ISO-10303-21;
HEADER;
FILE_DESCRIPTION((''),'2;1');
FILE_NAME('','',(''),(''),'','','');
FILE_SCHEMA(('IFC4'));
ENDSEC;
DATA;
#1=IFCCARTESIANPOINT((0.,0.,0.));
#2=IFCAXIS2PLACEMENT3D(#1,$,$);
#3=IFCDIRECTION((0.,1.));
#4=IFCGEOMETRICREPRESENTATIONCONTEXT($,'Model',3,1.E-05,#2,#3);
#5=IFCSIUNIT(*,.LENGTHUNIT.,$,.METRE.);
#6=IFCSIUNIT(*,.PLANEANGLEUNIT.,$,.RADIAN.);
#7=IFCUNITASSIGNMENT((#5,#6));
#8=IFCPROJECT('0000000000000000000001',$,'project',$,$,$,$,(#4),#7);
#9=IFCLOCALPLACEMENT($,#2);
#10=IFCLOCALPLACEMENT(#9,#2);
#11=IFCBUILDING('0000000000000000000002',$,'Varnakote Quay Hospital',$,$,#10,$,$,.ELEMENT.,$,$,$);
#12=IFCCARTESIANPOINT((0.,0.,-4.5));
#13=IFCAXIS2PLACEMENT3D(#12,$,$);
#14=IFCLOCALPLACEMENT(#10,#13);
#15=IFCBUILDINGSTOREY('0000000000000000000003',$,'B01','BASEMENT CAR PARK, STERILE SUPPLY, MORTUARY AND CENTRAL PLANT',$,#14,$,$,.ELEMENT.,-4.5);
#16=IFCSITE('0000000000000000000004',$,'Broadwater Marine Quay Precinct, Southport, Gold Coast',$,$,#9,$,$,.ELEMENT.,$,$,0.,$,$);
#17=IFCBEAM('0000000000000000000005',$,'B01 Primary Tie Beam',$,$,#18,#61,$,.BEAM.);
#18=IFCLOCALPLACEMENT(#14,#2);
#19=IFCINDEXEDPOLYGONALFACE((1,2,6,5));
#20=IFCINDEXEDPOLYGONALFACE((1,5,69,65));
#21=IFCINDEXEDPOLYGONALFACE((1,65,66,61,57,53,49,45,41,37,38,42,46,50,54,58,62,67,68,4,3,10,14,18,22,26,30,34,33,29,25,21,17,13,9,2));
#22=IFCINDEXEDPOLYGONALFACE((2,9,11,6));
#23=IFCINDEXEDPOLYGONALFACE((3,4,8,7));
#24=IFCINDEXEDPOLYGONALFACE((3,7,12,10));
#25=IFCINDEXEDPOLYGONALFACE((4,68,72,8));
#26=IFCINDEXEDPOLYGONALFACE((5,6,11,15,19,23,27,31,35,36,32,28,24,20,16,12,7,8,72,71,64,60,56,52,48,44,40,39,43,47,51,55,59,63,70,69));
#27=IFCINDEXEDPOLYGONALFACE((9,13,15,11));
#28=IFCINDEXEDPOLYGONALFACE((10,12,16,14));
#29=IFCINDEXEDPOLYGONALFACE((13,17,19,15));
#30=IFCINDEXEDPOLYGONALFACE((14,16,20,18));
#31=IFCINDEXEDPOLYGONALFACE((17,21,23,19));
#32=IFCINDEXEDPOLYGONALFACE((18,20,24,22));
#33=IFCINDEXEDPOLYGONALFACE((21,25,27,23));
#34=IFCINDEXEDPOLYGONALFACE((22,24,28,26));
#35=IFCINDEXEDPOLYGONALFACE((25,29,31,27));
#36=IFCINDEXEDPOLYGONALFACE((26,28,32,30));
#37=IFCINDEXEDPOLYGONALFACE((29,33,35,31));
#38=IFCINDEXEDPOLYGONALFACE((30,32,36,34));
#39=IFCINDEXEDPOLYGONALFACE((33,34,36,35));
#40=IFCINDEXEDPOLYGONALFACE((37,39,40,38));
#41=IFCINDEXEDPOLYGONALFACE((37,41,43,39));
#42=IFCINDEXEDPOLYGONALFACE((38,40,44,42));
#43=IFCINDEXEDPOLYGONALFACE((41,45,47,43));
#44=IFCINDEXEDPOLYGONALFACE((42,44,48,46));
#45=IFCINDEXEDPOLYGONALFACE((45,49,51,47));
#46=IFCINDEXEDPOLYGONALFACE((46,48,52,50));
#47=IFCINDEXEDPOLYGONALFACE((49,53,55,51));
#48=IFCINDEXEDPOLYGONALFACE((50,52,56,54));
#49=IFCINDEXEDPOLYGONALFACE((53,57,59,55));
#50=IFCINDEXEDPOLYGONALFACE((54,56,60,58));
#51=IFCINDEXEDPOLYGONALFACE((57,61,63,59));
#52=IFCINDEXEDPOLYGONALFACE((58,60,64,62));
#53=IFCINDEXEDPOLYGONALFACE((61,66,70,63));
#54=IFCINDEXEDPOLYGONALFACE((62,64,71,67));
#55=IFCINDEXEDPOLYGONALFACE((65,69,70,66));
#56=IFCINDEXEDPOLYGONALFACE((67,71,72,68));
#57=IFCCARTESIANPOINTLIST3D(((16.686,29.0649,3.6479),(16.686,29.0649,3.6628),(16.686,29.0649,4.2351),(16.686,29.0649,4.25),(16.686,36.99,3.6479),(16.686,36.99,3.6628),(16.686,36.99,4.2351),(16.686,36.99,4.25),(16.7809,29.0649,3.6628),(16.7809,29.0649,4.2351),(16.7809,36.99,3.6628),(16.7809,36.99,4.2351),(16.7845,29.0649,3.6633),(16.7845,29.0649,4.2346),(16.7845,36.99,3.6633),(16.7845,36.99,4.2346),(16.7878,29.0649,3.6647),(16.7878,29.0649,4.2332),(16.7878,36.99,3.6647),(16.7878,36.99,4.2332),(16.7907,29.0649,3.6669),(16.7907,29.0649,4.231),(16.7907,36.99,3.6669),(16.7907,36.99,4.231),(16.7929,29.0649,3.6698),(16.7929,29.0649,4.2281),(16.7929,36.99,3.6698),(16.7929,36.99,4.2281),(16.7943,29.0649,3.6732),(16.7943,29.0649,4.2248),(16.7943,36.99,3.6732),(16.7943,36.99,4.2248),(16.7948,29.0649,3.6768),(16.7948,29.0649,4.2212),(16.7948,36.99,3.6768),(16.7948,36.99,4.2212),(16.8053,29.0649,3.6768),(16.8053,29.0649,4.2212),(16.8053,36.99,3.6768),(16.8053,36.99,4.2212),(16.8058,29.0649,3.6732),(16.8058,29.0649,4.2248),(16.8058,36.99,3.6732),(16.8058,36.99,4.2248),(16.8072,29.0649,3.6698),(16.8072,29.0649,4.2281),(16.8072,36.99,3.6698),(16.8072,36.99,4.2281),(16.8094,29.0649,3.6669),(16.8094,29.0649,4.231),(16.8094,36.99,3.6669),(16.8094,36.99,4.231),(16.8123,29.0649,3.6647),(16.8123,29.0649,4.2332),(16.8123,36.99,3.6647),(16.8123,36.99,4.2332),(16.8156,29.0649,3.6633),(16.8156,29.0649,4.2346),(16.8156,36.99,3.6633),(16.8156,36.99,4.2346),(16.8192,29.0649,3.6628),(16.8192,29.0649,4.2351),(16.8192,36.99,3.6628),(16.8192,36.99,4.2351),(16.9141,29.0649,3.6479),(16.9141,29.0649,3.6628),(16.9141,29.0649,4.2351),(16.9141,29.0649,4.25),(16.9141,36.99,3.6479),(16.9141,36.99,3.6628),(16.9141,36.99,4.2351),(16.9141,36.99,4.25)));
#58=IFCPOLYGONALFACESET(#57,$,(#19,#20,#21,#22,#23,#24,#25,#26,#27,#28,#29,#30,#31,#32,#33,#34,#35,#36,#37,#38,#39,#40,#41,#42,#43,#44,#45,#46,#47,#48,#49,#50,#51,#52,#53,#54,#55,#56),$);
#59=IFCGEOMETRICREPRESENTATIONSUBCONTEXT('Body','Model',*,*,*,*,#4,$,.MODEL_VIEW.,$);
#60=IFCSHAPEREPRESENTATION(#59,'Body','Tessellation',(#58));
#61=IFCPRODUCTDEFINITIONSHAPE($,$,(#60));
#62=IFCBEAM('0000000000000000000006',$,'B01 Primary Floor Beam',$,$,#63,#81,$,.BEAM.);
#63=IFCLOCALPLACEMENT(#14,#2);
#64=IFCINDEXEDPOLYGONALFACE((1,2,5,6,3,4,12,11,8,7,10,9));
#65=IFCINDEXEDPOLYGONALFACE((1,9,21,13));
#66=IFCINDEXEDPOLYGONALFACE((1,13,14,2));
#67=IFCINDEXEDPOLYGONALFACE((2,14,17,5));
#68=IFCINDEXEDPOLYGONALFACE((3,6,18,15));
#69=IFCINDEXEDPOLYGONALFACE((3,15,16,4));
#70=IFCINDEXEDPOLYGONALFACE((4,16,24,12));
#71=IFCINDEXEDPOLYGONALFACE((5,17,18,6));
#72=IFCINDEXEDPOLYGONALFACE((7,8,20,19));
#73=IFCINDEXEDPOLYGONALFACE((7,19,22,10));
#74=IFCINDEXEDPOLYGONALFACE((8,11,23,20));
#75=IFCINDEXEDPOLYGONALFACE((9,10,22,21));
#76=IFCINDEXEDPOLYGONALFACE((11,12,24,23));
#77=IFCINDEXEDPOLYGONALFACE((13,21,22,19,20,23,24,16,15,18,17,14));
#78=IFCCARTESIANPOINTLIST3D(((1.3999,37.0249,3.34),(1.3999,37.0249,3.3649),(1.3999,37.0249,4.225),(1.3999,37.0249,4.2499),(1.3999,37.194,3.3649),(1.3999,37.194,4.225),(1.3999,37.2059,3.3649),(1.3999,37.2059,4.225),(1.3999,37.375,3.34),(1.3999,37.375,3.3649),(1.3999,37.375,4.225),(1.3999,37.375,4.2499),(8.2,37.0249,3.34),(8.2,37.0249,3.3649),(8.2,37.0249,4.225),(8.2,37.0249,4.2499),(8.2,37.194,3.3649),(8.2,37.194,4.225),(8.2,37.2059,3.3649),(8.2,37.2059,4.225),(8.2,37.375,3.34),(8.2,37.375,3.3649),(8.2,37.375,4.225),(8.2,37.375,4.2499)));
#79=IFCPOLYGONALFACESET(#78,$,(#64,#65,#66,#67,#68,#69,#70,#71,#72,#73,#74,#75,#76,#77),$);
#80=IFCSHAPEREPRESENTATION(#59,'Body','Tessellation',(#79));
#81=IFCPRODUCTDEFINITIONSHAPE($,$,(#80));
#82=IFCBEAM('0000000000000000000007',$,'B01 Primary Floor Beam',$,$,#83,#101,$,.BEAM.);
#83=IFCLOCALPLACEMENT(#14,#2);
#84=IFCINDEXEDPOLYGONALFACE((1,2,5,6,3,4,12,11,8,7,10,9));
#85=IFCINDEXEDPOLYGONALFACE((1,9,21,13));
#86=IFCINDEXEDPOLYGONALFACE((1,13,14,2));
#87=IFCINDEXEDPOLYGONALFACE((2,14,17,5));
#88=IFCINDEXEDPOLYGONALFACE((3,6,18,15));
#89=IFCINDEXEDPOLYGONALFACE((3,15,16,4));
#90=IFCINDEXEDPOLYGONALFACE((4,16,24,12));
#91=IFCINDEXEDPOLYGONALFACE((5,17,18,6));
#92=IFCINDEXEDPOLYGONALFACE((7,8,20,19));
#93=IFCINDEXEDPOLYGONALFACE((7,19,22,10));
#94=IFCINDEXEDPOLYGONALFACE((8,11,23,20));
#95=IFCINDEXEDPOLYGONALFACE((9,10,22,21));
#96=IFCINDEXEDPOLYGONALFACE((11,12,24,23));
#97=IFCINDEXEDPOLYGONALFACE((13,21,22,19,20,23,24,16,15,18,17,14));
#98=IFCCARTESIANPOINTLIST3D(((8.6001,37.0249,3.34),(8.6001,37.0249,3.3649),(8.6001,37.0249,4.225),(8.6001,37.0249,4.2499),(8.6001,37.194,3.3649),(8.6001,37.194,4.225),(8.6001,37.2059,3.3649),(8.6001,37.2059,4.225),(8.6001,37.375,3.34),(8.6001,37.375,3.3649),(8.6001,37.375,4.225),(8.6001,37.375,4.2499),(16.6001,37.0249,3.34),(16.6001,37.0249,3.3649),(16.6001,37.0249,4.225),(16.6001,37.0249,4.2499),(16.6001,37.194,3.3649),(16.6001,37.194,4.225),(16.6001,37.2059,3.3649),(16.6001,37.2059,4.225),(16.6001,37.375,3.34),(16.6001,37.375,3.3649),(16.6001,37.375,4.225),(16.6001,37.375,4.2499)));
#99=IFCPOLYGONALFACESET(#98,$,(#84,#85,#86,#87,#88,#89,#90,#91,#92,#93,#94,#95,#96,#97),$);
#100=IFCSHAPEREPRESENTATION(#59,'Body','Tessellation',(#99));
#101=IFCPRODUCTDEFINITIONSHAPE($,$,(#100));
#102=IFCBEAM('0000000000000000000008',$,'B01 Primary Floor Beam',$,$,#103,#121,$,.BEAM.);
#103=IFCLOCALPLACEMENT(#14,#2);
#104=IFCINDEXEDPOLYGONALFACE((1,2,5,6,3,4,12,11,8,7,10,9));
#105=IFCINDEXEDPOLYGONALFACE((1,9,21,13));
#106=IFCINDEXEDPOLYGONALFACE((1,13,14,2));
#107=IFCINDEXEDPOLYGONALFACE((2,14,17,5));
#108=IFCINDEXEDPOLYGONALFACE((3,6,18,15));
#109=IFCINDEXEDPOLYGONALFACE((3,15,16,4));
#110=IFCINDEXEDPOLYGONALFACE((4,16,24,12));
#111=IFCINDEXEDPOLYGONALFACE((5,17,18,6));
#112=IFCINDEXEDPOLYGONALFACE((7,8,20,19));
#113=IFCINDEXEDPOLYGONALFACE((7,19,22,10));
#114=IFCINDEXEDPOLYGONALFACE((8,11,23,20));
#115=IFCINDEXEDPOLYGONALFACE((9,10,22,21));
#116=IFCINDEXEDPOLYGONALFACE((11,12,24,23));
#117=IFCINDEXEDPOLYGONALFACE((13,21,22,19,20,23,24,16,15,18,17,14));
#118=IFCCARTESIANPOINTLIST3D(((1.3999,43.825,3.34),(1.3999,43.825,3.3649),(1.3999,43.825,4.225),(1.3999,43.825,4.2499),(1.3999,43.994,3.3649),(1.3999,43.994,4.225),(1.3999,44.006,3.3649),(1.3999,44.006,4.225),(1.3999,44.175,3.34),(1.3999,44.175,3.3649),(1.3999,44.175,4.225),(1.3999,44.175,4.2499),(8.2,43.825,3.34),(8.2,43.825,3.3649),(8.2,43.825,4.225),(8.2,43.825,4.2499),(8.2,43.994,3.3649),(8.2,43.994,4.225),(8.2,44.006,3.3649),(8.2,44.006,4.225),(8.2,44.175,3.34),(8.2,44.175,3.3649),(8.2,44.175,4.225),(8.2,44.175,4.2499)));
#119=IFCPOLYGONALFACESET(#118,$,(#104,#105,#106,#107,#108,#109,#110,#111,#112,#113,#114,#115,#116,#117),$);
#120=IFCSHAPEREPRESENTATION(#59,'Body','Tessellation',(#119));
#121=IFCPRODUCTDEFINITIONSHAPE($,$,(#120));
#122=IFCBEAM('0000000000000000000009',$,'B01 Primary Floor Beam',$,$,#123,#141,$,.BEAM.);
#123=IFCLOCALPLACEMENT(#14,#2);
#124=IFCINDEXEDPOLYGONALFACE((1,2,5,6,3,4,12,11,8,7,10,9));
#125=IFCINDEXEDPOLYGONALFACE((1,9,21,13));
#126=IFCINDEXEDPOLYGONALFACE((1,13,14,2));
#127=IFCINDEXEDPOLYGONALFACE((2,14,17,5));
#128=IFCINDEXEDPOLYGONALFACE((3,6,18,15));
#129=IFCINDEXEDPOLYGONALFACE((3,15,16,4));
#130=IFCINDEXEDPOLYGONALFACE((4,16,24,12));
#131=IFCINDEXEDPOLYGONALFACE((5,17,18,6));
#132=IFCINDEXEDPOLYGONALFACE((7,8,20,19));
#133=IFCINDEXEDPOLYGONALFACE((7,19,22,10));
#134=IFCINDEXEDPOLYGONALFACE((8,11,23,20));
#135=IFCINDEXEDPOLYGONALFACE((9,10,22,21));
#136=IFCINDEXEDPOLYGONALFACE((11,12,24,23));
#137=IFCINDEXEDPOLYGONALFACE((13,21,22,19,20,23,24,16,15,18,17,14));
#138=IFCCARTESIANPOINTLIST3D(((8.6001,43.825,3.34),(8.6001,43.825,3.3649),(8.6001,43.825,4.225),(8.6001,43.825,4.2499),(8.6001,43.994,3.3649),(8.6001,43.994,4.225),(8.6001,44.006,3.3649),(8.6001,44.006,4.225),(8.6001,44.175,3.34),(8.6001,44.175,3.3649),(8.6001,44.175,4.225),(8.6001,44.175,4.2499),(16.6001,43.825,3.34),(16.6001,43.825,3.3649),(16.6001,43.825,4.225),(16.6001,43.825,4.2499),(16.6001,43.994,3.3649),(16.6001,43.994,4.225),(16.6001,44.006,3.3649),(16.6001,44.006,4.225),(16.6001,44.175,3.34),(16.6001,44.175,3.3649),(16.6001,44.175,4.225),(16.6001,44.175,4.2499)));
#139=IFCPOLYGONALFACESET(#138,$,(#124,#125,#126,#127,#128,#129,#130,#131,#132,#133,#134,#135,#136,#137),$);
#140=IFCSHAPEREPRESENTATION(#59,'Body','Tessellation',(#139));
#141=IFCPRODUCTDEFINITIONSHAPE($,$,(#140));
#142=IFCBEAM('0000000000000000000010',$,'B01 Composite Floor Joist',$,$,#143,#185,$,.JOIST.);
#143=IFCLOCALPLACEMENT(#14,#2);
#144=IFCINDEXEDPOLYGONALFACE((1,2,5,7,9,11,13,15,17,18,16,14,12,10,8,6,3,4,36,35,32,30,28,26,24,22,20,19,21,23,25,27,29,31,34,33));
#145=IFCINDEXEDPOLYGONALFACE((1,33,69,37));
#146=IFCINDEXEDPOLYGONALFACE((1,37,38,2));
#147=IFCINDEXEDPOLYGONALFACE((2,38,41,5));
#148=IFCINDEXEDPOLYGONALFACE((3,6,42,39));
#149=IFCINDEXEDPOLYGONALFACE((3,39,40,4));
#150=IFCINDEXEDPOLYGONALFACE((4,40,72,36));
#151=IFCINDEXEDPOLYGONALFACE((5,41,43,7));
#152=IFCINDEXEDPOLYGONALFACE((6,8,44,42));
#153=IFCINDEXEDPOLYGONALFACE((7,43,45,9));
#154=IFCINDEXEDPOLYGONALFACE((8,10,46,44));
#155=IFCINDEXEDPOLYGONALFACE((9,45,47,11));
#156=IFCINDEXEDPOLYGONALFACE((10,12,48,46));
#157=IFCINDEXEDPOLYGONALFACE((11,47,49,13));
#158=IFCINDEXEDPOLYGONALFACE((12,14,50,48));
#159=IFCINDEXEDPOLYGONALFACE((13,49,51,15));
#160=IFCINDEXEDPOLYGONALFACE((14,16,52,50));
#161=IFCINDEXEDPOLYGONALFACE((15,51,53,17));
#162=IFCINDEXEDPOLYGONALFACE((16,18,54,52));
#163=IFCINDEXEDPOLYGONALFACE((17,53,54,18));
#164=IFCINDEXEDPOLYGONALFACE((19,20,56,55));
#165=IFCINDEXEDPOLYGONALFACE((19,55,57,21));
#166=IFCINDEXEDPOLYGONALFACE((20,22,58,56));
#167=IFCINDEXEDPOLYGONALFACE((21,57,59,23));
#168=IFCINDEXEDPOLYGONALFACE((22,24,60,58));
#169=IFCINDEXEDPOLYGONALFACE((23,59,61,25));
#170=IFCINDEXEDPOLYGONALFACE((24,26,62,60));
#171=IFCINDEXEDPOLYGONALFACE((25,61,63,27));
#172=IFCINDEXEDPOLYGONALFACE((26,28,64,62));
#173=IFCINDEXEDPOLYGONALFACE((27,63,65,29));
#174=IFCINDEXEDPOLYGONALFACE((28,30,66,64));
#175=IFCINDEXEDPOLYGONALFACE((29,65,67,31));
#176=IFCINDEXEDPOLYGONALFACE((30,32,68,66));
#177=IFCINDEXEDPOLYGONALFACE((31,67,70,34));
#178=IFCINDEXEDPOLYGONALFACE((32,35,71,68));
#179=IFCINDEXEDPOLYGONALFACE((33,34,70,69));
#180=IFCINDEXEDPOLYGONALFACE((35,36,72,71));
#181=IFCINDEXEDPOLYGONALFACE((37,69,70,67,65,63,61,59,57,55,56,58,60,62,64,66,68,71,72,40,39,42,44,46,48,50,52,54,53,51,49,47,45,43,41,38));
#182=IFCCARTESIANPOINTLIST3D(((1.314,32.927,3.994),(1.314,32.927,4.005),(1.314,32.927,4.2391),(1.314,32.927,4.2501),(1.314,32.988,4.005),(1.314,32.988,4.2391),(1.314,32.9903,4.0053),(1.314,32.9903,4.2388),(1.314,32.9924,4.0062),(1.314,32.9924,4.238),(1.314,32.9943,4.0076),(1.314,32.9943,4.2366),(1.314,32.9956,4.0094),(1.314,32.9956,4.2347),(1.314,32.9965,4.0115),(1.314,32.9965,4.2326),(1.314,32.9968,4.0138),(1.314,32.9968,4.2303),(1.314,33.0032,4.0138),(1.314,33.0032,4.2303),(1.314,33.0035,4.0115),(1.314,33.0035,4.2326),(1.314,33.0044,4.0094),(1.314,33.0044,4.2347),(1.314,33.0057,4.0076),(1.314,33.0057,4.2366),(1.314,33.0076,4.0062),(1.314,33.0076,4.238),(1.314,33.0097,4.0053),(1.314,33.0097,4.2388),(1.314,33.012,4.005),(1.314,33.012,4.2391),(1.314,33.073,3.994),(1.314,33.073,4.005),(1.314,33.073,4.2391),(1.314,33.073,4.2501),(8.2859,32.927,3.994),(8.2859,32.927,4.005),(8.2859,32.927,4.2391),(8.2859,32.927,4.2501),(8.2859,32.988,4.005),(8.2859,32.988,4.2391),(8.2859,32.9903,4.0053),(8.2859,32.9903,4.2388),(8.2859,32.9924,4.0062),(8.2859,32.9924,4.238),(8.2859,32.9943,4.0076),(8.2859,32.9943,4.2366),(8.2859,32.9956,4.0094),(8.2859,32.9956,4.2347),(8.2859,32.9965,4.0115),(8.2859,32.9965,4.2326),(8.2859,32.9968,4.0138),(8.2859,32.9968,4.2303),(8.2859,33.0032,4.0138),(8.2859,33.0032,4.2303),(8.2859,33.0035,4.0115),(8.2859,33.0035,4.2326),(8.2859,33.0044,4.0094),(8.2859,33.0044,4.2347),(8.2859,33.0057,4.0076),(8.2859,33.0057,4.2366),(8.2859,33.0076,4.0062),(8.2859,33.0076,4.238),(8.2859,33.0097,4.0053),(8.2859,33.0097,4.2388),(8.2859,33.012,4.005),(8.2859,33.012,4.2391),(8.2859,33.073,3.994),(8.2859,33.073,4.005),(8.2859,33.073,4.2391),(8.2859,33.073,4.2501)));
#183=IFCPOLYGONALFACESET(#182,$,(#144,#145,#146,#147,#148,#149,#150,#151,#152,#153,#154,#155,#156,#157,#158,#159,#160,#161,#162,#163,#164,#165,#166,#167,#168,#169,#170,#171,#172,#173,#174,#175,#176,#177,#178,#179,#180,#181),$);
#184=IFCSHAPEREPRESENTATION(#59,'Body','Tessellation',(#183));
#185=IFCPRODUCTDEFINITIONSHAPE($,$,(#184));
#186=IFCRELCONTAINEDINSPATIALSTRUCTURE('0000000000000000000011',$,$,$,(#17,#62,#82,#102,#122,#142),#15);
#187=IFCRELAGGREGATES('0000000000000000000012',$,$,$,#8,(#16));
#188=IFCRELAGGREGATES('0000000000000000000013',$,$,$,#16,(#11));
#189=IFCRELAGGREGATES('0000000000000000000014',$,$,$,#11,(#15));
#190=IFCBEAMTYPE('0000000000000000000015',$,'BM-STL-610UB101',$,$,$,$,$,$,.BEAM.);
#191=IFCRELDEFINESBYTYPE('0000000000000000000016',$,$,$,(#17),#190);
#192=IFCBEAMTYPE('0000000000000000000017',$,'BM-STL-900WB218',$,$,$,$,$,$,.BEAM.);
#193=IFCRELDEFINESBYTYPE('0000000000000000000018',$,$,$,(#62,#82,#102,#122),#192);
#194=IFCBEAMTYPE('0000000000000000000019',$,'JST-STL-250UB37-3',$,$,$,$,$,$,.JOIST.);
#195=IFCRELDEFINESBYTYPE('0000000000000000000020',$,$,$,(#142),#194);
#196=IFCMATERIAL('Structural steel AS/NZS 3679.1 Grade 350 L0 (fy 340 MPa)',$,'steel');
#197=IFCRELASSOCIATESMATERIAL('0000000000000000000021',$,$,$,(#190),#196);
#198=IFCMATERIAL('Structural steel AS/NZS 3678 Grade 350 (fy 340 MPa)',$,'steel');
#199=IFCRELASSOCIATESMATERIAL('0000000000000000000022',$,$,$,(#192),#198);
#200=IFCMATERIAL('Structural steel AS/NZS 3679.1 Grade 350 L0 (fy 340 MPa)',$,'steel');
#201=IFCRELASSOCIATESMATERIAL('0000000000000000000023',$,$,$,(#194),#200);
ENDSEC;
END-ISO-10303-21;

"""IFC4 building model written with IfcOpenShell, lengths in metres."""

from ifc_helpers import new_model, si_unit, direction, frame, origin, origin_2d, place, context, subcontext, project, spatial, i_section, extrude, material, material_profile, profile_set, type_object, element, save


model = new_model("IFC4")

# Units and contexts
model_context = context("Model", 3, precision=1e-05, world=origin(), true_north=direction((0.0, 1.0)))
body_context = subcontext(model_context, "Body", "Model", "MODEL_VIEW")
ifc_project = project(units=[si_unit("LENGTHUNIT", "METRE"), si_unit("PLANEANGLEUNIT", "RADIAN")], contexts=[model_context])

# Site, building, storey
site_placement = place(None, origin())
site = spatial("IfcSite", under=ifc_project, at=site_placement, Name="Broadwater Marine Quay Precinct, Southport, Gold Coast", CompositionType="ELEMENT", RefElevation=0.0)
building_placement = place(site_placement, origin())
building = spatial("IfcBuilding", under=site, at=building_placement, Name="Varnakote Quay Hospital", CompositionType="ELEMENT")
storey_placement = place(building_placement, frame((0.0, 0.0, -4.5)))
storey = spatial("IfcBuildingStorey", under=building, at=storey_placement, Name="B01", Description="BASEMENT CAR PARK, STERILE SUPPLY, MORTUARY AND CENTRAL PLANT", CompositionType="ELEMENT", Elevation=-4.5)

# Beams
ifc_material_1 = material(Name="Structural steel AS/NZS 3679.1 Grade 350 L0 (fy 340 MPa)", Category="steel")
ifc_material_profile_1 = material_profile(ifc_material_1, i_section(OverallWidth=0.228, OverallDepth=0.6021, WebThickness=0.0105, FlangeThickness=0.0149, FilletRadius=0.0139, at=origin_2d()), Name="610UB101")
ifc_profile_set_1 = profile_set([ifc_material_profile_1], Name="Structural steel AS/NZS 3679.1 Grade 350 L0 (fy 340 MPa)")
beam_type_1 = type_object("IfcBeamType", Name="BM-STL-610UB101", PredefinedType="BEAM", material=ifc_profile_set_1)
beam_1_placement = place(storey_placement, frame((16.8, 29.0649, 3.949), z_axis=(0.0, 1.0, 0.0), x_axis=(-1.0, 0.0, 0.0)))
element("IfcBeam", 1, at=beam_1_placement, inside=storey, type_object=beam_type_1, Name="B01 Primary Tie Beam", PredefinedType="BEAM", context=body_context, shape_type="SweptSolid", body=[
    extrude(i_section(OverallWidth=0.228, OverallDepth=0.6021, WebThickness=0.0105, FlangeThickness=0.0149, FilletRadius=0.0139, at=origin_2d()), origin(), (0.0, 0.0, 1.0), 7.925),
])
ifc_material_2 = material(Name="Structural steel AS/NZS 3678 Grade 350 (fy 340 MPa)", Category="steel")
ifc_material_profile_2 = material_profile(ifc_material_2, i_section(OverallWidth=0.3501, OverallDepth=0.9099, WebThickness=0.012, FlangeThickness=0.0249, at=origin_2d()), Name="900WB218")
ifc_profile_set_2 = profile_set([ifc_material_profile_2], Name="Structural steel AS/NZS 3678 Grade 350 (fy 340 MPa)")
beam_type_2 = type_object("IfcBeamType", Name="BM-STL-900WB218", PredefinedType="BEAM", material=ifc_profile_set_2)
beam_2_placement = place(storey_placement, frame((1.3999, 37.2, 3.7949), z_axis=(1.0, 0.0, 0.0), x_axis=(0.0, 1.0, 0.0)))
element("IfcBeam", 2, at=beam_2_placement, inside=storey, type_object=beam_type_2, Name="B01 Primary Floor Beam", PredefinedType="BEAM", context=body_context, shape_type="SweptSolid", body=[
    extrude(i_section(OverallWidth=0.3501, OverallDepth=0.9099, WebThickness=0.012, FlangeThickness=0.0249, at=origin_2d()), origin(), (0.0, 0.0, 1.0), 6.8),
])
beam_3_placement = place(storey_placement, frame((8.6001, 37.2, 3.7949), z_axis=(1.0, 0.0, 0.0), x_axis=(0.0, 1.0, 0.0)))
element("IfcBeam", 3, at=beam_3_placement, inside=storey, type_object=beam_type_2, Name="B01 Primary Floor Beam", PredefinedType="BEAM", context=body_context, shape_type="SweptSolid", body=[
    extrude(i_section(OverallWidth=0.3501, OverallDepth=0.9099, WebThickness=0.012, FlangeThickness=0.0249, at=origin_2d()), origin(), (0.0, 0.0, 1.0), 8.0),
])
beam_4_placement = place(storey_placement, frame((1.3999, 44.0, 3.7949), z_axis=(1.0, 0.0, 0.0), x_axis=(0.0, 1.0, 0.0)))
element("IfcBeam", 4, at=beam_4_placement, inside=storey, type_object=beam_type_2, Name="B01 Primary Floor Beam", PredefinedType="BEAM", context=body_context, shape_type="SweptSolid", body=[
    extrude(i_section(OverallWidth=0.3501, OverallDepth=0.9099, WebThickness=0.012, FlangeThickness=0.0249, at=origin_2d()), origin(), (0.0, 0.0, 1.0), 6.8),
])
beam_5_placement = place(storey_placement, frame((8.6001, 44.0, 3.7949), z_axis=(1.0, 0.0, 0.0), x_axis=(0.0, 1.0, 0.0)))
element("IfcBeam", 5, at=beam_5_placement, inside=storey, type_object=beam_type_2, Name="B01 Primary Floor Beam", PredefinedType="BEAM", context=body_context, shape_type="SweptSolid", body=[
    extrude(i_section(OverallWidth=0.3501, OverallDepth=0.9099, WebThickness=0.012, FlangeThickness=0.0249, at=origin_2d()), origin(), (0.0, 0.0, 1.0), 8.0),
])
ifc_material_3 = material(Name="Structural steel AS/NZS 3679.1 Grade 350 L0 (fy 340 MPa)", Category="steel")
ifc_material_profile_3 = material_profile(ifc_material_3, i_section(OverallWidth=0.146, OverallDepth=0.2561, WebThickness=0.0063, FlangeThickness=0.011, FilletRadius=0.0088, at=origin_2d()), Name="250UB37.3")
ifc_profile_set_3 = profile_set([ifc_material_profile_3], Name="Structural steel AS/NZS 3679.1 Grade 350 L0 (fy 340 MPa)")
beam_type_3 = type_object("IfcBeamType", Name="JST-STL-250UB37-3", PredefinedType="JOIST", material=ifc_profile_set_3)
for number, where, z_axis, x_axis, name in (
    (6, (1.314, 33.0, 4.1221), (1.0, 0.0, 0.0), (0.0, 1.0, 0.0), "B01 Composite Floor Joist"),
):
    element("IfcBeam", number, at=place(storey_placement, frame(where, z_axis=z_axis, x_axis=x_axis)), inside=storey, type_object=beam_type_3, Name=name, PredefinedType="JOIST", context=body_context, shape_type="SweptSolid", body=[
        extrude(i_section(OverallWidth=0.146, OverallDepth=0.2561, WebThickness=0.0063, FlangeThickness=0.011, FilletRadius=0.0088, at=origin_2d()), origin(), (0.0, 0.0, 1.0), 6.9719),
    ])

save(model, "model.ifc")
